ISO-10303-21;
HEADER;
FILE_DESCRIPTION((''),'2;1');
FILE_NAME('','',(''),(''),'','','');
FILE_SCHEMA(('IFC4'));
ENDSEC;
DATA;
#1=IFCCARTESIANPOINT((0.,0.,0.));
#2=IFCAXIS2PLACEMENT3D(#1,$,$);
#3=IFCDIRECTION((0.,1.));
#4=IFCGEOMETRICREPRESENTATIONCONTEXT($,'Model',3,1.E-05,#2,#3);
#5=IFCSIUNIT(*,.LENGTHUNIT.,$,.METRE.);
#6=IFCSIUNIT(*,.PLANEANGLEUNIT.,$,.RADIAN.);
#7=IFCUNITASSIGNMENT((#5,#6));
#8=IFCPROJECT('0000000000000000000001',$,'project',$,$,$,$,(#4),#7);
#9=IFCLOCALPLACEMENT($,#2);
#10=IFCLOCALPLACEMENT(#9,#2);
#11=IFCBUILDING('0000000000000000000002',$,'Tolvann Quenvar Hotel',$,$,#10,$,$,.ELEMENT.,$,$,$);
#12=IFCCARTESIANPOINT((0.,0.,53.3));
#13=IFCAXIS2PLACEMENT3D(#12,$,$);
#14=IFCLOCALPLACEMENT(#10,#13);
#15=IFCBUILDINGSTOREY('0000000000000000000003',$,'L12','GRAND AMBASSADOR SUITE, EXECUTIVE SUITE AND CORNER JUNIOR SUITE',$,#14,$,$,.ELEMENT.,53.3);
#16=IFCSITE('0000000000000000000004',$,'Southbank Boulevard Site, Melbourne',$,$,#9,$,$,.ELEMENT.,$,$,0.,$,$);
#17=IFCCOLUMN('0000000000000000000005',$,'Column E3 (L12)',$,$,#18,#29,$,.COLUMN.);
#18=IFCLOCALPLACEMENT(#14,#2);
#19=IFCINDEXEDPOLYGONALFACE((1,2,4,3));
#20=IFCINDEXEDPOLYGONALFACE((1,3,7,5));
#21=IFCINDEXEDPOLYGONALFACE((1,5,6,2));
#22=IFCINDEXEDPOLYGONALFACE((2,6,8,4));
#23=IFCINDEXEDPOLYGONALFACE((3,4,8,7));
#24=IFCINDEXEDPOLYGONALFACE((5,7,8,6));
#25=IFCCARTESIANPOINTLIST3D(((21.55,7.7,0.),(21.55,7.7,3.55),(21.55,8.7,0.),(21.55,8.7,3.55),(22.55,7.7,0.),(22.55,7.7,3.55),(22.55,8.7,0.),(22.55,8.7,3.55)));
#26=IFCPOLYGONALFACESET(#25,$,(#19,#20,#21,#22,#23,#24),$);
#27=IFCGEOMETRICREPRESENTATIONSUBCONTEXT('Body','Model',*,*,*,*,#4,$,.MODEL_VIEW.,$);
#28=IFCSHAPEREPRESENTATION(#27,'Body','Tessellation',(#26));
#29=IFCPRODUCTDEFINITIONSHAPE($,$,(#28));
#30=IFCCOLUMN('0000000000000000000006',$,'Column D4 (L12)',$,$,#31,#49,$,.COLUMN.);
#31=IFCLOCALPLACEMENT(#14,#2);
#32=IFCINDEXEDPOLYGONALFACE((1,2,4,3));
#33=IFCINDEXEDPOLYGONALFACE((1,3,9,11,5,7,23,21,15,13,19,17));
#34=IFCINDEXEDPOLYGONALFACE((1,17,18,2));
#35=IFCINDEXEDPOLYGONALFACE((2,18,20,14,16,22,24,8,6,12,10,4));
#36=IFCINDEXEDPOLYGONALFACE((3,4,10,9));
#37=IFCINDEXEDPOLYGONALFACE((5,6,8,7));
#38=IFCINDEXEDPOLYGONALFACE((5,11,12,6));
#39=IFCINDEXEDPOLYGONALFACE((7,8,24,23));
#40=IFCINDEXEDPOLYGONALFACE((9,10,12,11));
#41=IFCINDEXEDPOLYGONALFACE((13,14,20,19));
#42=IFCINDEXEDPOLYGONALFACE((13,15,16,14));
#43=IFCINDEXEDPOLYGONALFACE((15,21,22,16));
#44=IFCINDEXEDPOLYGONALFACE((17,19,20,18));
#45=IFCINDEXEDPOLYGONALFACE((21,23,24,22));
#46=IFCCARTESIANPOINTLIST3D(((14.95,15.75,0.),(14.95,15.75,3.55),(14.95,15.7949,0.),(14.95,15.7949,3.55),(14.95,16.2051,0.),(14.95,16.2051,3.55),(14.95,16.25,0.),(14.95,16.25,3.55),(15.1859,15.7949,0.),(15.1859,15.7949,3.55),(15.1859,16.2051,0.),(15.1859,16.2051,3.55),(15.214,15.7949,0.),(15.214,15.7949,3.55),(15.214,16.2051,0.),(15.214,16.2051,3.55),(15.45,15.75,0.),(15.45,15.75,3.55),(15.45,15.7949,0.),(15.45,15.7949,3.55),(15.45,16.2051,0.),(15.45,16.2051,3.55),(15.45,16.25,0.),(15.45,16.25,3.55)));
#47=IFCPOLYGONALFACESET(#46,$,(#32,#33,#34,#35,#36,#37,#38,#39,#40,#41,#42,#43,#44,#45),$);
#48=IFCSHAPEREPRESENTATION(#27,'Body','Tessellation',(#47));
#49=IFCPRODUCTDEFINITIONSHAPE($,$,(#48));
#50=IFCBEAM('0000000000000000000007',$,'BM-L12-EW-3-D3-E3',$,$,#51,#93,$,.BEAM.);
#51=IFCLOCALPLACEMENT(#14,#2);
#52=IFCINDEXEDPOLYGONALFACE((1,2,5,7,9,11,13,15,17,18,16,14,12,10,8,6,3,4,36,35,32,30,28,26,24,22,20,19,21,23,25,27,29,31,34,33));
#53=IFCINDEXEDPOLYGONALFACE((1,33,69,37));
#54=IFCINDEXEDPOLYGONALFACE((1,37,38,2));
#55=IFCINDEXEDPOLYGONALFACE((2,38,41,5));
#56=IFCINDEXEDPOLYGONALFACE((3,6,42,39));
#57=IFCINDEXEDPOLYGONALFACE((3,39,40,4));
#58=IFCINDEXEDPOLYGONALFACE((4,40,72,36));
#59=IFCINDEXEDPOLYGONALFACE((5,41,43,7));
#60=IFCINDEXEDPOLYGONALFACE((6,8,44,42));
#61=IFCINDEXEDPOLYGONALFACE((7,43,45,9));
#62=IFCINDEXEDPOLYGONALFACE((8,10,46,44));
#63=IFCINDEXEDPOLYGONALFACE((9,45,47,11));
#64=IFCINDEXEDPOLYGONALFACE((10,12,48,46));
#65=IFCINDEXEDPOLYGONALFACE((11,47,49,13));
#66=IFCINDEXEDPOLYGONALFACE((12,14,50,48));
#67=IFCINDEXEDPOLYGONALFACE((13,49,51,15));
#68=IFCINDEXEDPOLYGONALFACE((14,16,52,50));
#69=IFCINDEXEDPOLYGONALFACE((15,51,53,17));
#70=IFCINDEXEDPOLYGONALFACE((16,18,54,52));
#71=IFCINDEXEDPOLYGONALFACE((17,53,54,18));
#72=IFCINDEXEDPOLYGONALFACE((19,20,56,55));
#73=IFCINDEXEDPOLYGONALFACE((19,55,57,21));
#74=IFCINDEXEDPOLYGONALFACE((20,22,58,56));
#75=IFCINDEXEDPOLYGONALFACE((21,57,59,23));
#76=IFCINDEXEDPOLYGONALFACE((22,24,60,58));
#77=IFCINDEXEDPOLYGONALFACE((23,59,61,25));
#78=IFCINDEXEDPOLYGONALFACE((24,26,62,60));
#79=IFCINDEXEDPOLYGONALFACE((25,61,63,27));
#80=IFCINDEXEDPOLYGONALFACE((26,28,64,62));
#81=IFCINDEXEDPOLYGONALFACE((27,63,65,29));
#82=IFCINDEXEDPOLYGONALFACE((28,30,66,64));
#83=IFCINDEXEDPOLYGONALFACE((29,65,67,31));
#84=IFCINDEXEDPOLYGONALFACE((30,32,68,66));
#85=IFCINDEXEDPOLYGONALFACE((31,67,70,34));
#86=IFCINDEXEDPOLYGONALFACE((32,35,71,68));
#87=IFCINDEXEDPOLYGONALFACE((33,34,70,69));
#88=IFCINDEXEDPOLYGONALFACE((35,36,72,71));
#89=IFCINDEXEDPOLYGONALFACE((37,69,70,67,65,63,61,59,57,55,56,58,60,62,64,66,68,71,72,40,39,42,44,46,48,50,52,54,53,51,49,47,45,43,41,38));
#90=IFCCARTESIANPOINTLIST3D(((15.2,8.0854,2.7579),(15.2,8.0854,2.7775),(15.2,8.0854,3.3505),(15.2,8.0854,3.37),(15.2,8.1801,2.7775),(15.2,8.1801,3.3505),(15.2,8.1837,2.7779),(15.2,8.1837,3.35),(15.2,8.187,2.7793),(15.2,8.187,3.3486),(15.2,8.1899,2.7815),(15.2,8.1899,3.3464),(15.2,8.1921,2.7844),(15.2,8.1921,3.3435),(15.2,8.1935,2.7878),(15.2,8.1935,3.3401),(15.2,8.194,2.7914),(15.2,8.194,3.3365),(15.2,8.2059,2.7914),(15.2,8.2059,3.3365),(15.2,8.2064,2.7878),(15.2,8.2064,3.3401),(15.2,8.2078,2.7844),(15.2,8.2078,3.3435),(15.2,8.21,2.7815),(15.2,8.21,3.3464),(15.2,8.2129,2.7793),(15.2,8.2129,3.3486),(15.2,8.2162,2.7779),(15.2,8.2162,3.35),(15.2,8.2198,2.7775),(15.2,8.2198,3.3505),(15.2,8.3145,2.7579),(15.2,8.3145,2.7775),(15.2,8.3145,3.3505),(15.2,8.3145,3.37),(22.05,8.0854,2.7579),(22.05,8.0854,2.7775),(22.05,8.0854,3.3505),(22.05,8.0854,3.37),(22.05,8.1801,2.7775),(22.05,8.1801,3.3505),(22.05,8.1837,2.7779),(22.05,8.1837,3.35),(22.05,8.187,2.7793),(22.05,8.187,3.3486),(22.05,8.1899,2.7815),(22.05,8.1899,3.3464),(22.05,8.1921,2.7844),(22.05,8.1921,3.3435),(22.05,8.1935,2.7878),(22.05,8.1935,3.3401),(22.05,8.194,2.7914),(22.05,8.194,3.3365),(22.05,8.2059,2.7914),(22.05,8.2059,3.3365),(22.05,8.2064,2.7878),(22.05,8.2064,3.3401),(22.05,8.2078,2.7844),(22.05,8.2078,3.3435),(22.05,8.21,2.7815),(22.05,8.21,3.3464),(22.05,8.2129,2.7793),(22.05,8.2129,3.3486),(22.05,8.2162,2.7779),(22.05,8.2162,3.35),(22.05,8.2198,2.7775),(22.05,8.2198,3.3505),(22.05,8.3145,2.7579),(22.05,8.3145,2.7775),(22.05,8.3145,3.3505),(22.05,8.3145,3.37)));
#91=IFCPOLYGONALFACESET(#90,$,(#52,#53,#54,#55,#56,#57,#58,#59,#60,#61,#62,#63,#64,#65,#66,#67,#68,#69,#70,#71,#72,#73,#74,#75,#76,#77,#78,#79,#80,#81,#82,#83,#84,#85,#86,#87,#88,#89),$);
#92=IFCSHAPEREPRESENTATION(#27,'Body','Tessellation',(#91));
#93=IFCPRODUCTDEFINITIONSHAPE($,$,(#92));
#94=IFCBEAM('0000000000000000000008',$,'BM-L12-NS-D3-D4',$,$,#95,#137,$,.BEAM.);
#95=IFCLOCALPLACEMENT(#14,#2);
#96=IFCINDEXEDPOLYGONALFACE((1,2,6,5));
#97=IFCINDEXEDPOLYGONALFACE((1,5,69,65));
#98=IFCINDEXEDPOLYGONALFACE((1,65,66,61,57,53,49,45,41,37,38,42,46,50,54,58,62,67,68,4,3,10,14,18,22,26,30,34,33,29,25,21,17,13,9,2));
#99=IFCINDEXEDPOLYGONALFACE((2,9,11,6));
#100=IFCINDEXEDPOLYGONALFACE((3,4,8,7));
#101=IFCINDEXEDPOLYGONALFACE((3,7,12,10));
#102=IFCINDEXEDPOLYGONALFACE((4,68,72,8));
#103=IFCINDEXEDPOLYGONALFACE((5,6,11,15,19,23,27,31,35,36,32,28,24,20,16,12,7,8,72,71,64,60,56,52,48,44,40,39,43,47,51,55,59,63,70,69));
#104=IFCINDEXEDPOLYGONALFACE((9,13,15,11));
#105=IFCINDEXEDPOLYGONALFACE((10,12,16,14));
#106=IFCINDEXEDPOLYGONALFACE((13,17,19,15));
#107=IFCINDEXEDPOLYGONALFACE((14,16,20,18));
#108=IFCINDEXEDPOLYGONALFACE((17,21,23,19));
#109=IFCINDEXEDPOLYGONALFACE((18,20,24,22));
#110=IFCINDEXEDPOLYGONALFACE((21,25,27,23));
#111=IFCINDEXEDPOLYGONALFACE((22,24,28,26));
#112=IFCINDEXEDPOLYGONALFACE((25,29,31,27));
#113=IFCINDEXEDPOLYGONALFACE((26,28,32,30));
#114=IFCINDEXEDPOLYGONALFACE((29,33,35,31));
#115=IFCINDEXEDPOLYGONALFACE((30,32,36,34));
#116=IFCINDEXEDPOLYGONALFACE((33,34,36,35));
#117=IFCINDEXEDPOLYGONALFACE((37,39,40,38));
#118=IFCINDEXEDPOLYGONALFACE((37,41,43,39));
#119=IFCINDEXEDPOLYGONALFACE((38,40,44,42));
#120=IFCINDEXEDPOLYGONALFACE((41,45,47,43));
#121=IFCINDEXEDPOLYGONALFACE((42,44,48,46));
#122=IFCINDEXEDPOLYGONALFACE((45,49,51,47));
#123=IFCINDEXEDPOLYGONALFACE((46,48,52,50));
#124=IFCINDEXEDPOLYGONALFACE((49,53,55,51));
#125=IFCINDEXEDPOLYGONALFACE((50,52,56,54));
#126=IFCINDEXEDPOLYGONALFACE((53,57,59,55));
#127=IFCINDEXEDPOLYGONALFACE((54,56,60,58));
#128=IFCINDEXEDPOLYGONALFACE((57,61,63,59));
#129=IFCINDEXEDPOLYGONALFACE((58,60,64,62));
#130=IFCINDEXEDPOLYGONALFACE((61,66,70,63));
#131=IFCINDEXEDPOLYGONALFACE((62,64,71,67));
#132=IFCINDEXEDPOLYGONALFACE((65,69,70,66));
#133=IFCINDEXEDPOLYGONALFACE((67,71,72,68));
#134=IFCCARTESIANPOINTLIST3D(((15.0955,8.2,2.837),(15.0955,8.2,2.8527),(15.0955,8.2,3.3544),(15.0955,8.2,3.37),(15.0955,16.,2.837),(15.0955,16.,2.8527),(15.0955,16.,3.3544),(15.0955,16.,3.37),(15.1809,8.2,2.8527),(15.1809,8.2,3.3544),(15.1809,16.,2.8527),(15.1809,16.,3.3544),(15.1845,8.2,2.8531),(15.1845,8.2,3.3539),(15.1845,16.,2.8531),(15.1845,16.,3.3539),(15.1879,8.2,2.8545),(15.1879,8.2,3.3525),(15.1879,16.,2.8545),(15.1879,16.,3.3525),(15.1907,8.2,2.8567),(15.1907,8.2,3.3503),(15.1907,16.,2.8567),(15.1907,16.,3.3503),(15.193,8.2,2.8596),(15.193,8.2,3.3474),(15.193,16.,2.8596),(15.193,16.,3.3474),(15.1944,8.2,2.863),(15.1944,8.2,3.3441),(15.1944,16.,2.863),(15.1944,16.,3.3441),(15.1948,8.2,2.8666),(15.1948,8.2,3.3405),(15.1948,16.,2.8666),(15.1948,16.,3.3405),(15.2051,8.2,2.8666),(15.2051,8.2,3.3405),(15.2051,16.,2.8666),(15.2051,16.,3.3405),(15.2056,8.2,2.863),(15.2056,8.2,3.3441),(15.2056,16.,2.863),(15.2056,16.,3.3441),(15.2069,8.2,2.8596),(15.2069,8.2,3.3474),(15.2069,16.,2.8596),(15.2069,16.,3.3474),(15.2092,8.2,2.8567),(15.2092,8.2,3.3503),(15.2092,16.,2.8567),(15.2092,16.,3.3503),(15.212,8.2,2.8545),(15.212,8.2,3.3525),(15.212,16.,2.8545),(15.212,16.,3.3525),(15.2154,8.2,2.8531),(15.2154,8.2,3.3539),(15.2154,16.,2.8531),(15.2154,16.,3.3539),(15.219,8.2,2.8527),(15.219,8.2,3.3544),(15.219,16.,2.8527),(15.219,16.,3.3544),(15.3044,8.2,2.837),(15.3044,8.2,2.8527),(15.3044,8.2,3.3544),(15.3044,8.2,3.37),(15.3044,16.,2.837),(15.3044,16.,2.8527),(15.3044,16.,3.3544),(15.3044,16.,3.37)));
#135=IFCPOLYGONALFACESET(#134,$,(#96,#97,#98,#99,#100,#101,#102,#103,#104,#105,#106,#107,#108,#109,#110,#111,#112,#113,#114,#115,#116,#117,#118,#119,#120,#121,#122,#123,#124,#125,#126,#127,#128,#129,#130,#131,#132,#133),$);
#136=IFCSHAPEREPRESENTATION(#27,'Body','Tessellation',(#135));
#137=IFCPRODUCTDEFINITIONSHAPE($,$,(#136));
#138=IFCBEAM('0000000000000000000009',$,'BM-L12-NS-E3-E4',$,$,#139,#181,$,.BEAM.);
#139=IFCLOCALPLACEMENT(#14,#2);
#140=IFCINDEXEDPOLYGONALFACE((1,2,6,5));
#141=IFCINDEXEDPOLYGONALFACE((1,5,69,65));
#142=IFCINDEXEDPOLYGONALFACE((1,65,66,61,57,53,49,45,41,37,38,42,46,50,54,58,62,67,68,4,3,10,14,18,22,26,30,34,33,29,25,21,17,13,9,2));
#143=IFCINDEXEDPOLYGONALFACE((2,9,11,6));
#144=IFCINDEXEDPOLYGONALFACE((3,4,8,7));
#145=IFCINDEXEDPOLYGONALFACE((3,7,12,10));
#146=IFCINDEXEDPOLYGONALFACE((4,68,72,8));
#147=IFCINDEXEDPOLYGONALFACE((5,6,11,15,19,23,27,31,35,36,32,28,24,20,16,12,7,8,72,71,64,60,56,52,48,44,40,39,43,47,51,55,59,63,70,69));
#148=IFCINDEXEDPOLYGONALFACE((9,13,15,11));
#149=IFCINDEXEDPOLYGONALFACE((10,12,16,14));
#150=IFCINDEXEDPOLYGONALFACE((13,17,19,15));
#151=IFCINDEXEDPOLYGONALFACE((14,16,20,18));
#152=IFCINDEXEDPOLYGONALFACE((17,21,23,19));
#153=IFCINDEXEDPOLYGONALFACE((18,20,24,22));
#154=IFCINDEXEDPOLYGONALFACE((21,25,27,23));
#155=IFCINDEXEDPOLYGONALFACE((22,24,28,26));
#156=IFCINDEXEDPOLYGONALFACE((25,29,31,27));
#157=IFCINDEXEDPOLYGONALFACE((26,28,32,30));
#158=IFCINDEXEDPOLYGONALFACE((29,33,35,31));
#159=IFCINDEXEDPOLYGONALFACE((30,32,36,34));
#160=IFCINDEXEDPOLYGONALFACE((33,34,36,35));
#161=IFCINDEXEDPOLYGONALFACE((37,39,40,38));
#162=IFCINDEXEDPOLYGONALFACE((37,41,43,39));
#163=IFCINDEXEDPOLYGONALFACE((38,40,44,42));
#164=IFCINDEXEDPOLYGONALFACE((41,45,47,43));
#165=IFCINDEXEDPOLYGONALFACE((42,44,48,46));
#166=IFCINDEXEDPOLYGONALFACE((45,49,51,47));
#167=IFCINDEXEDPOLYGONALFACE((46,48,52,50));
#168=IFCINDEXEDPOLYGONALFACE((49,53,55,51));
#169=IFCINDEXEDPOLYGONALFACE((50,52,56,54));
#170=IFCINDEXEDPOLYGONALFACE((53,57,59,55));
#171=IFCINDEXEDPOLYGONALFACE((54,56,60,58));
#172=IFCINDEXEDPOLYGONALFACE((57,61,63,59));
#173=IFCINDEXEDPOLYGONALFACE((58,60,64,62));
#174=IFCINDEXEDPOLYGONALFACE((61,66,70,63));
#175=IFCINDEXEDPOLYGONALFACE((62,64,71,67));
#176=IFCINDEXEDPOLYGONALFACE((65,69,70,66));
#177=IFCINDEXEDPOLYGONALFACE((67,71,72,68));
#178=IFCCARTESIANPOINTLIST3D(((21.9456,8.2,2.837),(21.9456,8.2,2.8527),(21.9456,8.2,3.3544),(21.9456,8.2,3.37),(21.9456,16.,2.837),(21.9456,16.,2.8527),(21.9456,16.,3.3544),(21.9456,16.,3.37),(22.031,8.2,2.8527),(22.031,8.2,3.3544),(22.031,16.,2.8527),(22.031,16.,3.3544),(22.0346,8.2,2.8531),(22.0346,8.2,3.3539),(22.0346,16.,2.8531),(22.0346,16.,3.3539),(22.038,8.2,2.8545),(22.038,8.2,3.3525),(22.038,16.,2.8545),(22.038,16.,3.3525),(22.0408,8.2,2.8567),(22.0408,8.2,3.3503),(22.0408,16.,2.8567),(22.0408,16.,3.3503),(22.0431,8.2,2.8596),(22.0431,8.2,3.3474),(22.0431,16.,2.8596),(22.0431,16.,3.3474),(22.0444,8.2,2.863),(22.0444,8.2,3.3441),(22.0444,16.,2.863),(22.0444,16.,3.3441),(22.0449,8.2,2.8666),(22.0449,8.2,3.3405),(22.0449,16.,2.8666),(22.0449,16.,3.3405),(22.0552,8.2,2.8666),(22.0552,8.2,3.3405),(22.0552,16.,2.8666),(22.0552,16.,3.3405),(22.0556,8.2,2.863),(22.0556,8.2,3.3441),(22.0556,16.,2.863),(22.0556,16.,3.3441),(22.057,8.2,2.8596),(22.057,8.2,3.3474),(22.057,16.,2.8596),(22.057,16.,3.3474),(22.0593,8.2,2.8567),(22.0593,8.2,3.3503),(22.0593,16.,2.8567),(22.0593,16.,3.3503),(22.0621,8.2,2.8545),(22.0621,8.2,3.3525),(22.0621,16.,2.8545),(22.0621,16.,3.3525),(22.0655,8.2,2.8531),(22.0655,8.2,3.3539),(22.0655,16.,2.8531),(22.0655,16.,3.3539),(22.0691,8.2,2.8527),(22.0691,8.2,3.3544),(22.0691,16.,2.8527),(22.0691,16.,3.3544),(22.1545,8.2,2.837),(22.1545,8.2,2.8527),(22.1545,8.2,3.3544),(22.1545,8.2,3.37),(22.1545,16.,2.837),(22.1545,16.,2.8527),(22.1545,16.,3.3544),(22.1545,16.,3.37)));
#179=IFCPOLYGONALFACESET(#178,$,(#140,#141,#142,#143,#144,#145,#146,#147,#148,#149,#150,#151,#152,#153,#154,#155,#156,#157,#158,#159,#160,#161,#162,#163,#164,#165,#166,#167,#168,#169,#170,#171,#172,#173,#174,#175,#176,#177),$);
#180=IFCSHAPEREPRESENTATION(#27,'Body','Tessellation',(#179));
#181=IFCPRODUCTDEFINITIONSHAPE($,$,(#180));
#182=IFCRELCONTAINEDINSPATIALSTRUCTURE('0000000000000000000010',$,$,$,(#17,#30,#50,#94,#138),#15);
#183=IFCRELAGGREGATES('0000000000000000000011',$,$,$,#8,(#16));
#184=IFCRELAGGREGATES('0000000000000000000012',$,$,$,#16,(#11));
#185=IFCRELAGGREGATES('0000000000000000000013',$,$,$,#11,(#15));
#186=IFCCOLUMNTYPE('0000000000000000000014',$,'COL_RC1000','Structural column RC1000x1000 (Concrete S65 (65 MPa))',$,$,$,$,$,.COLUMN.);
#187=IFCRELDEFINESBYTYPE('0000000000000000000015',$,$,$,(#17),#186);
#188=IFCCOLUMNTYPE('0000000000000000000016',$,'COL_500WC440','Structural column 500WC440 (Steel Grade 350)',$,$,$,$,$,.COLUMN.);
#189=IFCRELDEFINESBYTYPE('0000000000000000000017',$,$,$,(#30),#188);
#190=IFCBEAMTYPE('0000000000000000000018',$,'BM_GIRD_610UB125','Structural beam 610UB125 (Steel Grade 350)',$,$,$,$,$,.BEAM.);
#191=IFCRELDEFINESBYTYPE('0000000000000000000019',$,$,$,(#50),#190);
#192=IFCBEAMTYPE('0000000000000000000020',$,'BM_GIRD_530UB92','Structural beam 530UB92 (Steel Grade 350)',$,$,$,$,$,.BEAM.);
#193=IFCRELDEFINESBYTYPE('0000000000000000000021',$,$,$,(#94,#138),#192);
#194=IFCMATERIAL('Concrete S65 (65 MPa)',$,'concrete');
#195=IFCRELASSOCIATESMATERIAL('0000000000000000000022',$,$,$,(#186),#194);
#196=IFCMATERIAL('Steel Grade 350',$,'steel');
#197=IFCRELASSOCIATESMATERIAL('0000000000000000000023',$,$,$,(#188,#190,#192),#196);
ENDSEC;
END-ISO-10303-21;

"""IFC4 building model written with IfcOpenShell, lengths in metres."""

from ifc_helpers import new_model, si_unit, direction, frame, origin, origin_2d, place, context, subcontext, project, spatial, rectangle, i_section, extrude, source, transform, mapped, material, material_profile, profile_set, type_object, type_shapes, element, save


model = new_model("IFC4")

# Units and contexts
model_context = context("Model", 3, precision=1e-05, world=origin(), true_north=direction((0.0, 1.0)))
body_context = subcontext(model_context, "Body", "Model", "MODEL_VIEW")
ifc_project = project(units=[si_unit("LENGTHUNIT", "METRE"), si_unit("PLANEANGLEUNIT", "RADIAN")], contexts=[model_context])

# Site, building, storey
site_placement = place(None, origin())
site = spatial("IfcSite", under=ifc_project, at=site_placement, Name="Southbank Boulevard Site, Melbourne", CompositionType="ELEMENT", RefElevation=0.0)
building_placement = place(site_placement, origin())
building = spatial("IfcBuilding", under=site, at=building_placement, Name="Tolvann Quenvar Hotel", CompositionType="ELEMENT")
storey_placement = place(building_placement, frame((0.0, 0.0, 53.3)))
storey = spatial("IfcBuildingStorey", under=building, at=storey_placement, Name="L12", Description="GRAND AMBASSADOR SUITE, EXECUTIVE SUITE AND CORNER JUNIOR SUITE", CompositionType="ELEMENT", Elevation=53.3)

# Columns
ifc_material_1 = material(Name="Concrete S65 (65 MPa)", Category="concrete")
ifc_material_profile_1 = material_profile(ifc_material_1, rectangle(XDim=1.0, YDim=1.0, at=origin_2d()), Name="RC1000x1000")
ifc_profile_set_1 = profile_set([ifc_material_profile_1], Name="Concrete S65 (65 MPa)")
column_type_1 = type_object("IfcColumnType", Name="COL_RC1000", Description="Structural column RC1000x1000 (Concrete S65 (65 MPa))", PredefinedType="COLUMN", material=ifc_profile_set_1)
shared_shape_1 = source(origin(), body_context, "Body", "SweptSolid", [
    extrude(rectangle(XDim=1.0, YDim=1.0, at=origin_2d()), origin(), (0.0, 0.0, 1.0), 3.55),
])
type_shapes(column_type_1, [shared_shape_1])
column_1_placement = place(storey_placement, frame((22.05, 8.2, 0.0), z_axis=(0.0, 0.0, 1.0), x_axis=(1.0, 0.0, 0.0)))
element("IfcColumn", 1, at=column_1_placement, inside=storey, type_object=column_type_1, Name="Column E3 (L12)", PredefinedType="COLUMN", context=body_context, shape_type="MappedRepresentation", body=[
    mapped(shared_shape_1, transform((0.0, 0.0, 0.0), x_axis=(1.0, 0.0, 0.0), y_axis=(0.0, 1.0, 0.0), z_axis=(0.0, 0.0, 1.0), scale=1.0)),
])
ifc_material_2 = material(Name="Steel Grade 350", Category="steel")
ifc_material_profile_2 = material_profile(ifc_material_2, i_section(OverallWidth=0.5, OverallDepth=0.5, WebThickness=0.0281, FlangeThickness=0.0449, at=origin_2d()), Name="500WC440")
ifc_profile_set_2 = profile_set([ifc_material_profile_2], Name="Steel Grade 350")
column_type_2 = type_object("IfcColumnType", Name="COL_500WC440", Description="Structural column 500WC440 (Steel Grade 350)", PredefinedType="COLUMN", material=ifc_profile_set_2)
shared_shape_2 = source(origin(), body_context, "Body", "SweptSolid", [
    extrude(i_section(OverallWidth=0.5, OverallDepth=0.5, WebThickness=0.0281, FlangeThickness=0.0449, at=origin_2d()), origin(), (0.0, 0.0, 1.0), 3.55),
])
type_shapes(column_type_2, [shared_shape_2])
column_2_placement = place(storey_placement, frame((15.2, 16.0, 0.0), z_axis=(0.0, 0.0, 1.0), x_axis=(1.0, 0.0, 0.0)))
element("IfcColumn", 2, at=column_2_placement, inside=storey, type_object=column_type_2, Name="Column D4 (L12)", PredefinedType="COLUMN", context=body_context, shape_type="MappedRepresentation", body=[
    mapped(shared_shape_2, transform((0.0, 0.0, 0.0), x_axis=(1.0, 0.0, 0.0), y_axis=(0.0, 1.0, 0.0), z_axis=(0.0, 0.0, 1.0), scale=1.0)),
])

# Beams
ifc_material_profile_3 = material_profile(ifc_material_2, i_section(OverallWidth=0.229, OverallDepth=0.6121, WebThickness=0.012, FlangeThickness=0.0195, FilletRadius=0.0139, at=origin_2d()), Name="610UB125")
ifc_profile_set_3 = profile_set([ifc_material_profile_3], Name="Steel Grade 350")
beam_type_1 = type_object("IfcBeamType", Name="BM_GIRD_610UB125", Description="Structural beam 610UB125 (Steel Grade 350)", PredefinedType="BEAM", material=ifc_profile_set_3)
shared_shape_3 = source(origin(), body_context, "Body", "SweptSolid", [
    extrude(i_section(OverallWidth=0.229, OverallDepth=0.6121, WebThickness=0.012, FlangeThickness=0.0195, FilletRadius=0.0139, at=origin_2d()), origin(), (0.0, 0.0, 1.0), 6.8501),
])
type_shapes(beam_type_1, [shared_shape_3])
beam_placement = place(storey_placement, frame((15.2, 8.2, 3.064), z_axis=(1.0, 0.0, 0.0), x_axis=(0.0, 1.0, 0.0)))
element("IfcBeam", 3, at=beam_placement, inside=storey, type_object=beam_type_1, Name="BM-L12-EW-3-D3-E3", PredefinedType="BEAM", context=body_context, shape_type="MappedRepresentation", body=[
    mapped(shared_shape_3, transform((0.0, 0.0, 0.0), x_axis=(1.0, 0.0, 0.0), y_axis=(0.0, 1.0, 0.0), z_axis=(0.0, 0.0, 1.0), scale=1.0)),
])
ifc_material_profile_4 = material_profile(ifc_material_2, i_section(OverallWidth=0.209, OverallDepth=0.533, WebThickness=0.0103, FlangeThickness=0.0156, FilletRadius=0.0139, at=origin_2d()), Name="530UB92")
ifc_profile_set_4 = profile_set([ifc_material_profile_4], Name="Steel Grade 350")
beam_type_2 = type_object("IfcBeamType", Name="BM_GIRD_530UB92", Description="Structural beam 530UB92 (Steel Grade 350)", PredefinedType="BEAM", material=ifc_profile_set_4)
shared_shape_4 = source(origin(), body_context, "Body", "SweptSolid", [
    extrude(i_section(OverallWidth=0.209, OverallDepth=0.533, WebThickness=0.0103, FlangeThickness=0.0156, FilletRadius=0.0139, at=origin_2d()), origin(), (0.0, 0.0, 1.0), 7.8),
])
type_shapes(beam_type_2, [shared_shape_4])
for number, where, z_axis, x_axis, name in (
    (4, (15.2, 8.2, 3.1035), (0.0, 1.0, 0.0), (-1.0, 0.0, 0.0), "BM-L12-NS-D3-D4"),
    (5, (22.05, 8.2, 3.1035), (0.0, 1.0, 0.0), (-1.0, 0.0, 0.0), "BM-L12-NS-E3-E4"),
):
    element("IfcBeam", number, at=place(storey_placement, frame(where, z_axis=z_axis, x_axis=x_axis)), inside=storey, type_object=beam_type_2, Name=name, PredefinedType="BEAM", context=body_context, shape_type="MappedRepresentation", body=[
        mapped(shared_shape_4, transform((0.0, 0.0, 0.0), x_axis=(1.0, 0.0, 0.0), y_axis=(0.0, 1.0, 0.0), z_axis=(0.0, 0.0, 1.0), scale=1.0)),
    ])

save(model, "model.ifc")
